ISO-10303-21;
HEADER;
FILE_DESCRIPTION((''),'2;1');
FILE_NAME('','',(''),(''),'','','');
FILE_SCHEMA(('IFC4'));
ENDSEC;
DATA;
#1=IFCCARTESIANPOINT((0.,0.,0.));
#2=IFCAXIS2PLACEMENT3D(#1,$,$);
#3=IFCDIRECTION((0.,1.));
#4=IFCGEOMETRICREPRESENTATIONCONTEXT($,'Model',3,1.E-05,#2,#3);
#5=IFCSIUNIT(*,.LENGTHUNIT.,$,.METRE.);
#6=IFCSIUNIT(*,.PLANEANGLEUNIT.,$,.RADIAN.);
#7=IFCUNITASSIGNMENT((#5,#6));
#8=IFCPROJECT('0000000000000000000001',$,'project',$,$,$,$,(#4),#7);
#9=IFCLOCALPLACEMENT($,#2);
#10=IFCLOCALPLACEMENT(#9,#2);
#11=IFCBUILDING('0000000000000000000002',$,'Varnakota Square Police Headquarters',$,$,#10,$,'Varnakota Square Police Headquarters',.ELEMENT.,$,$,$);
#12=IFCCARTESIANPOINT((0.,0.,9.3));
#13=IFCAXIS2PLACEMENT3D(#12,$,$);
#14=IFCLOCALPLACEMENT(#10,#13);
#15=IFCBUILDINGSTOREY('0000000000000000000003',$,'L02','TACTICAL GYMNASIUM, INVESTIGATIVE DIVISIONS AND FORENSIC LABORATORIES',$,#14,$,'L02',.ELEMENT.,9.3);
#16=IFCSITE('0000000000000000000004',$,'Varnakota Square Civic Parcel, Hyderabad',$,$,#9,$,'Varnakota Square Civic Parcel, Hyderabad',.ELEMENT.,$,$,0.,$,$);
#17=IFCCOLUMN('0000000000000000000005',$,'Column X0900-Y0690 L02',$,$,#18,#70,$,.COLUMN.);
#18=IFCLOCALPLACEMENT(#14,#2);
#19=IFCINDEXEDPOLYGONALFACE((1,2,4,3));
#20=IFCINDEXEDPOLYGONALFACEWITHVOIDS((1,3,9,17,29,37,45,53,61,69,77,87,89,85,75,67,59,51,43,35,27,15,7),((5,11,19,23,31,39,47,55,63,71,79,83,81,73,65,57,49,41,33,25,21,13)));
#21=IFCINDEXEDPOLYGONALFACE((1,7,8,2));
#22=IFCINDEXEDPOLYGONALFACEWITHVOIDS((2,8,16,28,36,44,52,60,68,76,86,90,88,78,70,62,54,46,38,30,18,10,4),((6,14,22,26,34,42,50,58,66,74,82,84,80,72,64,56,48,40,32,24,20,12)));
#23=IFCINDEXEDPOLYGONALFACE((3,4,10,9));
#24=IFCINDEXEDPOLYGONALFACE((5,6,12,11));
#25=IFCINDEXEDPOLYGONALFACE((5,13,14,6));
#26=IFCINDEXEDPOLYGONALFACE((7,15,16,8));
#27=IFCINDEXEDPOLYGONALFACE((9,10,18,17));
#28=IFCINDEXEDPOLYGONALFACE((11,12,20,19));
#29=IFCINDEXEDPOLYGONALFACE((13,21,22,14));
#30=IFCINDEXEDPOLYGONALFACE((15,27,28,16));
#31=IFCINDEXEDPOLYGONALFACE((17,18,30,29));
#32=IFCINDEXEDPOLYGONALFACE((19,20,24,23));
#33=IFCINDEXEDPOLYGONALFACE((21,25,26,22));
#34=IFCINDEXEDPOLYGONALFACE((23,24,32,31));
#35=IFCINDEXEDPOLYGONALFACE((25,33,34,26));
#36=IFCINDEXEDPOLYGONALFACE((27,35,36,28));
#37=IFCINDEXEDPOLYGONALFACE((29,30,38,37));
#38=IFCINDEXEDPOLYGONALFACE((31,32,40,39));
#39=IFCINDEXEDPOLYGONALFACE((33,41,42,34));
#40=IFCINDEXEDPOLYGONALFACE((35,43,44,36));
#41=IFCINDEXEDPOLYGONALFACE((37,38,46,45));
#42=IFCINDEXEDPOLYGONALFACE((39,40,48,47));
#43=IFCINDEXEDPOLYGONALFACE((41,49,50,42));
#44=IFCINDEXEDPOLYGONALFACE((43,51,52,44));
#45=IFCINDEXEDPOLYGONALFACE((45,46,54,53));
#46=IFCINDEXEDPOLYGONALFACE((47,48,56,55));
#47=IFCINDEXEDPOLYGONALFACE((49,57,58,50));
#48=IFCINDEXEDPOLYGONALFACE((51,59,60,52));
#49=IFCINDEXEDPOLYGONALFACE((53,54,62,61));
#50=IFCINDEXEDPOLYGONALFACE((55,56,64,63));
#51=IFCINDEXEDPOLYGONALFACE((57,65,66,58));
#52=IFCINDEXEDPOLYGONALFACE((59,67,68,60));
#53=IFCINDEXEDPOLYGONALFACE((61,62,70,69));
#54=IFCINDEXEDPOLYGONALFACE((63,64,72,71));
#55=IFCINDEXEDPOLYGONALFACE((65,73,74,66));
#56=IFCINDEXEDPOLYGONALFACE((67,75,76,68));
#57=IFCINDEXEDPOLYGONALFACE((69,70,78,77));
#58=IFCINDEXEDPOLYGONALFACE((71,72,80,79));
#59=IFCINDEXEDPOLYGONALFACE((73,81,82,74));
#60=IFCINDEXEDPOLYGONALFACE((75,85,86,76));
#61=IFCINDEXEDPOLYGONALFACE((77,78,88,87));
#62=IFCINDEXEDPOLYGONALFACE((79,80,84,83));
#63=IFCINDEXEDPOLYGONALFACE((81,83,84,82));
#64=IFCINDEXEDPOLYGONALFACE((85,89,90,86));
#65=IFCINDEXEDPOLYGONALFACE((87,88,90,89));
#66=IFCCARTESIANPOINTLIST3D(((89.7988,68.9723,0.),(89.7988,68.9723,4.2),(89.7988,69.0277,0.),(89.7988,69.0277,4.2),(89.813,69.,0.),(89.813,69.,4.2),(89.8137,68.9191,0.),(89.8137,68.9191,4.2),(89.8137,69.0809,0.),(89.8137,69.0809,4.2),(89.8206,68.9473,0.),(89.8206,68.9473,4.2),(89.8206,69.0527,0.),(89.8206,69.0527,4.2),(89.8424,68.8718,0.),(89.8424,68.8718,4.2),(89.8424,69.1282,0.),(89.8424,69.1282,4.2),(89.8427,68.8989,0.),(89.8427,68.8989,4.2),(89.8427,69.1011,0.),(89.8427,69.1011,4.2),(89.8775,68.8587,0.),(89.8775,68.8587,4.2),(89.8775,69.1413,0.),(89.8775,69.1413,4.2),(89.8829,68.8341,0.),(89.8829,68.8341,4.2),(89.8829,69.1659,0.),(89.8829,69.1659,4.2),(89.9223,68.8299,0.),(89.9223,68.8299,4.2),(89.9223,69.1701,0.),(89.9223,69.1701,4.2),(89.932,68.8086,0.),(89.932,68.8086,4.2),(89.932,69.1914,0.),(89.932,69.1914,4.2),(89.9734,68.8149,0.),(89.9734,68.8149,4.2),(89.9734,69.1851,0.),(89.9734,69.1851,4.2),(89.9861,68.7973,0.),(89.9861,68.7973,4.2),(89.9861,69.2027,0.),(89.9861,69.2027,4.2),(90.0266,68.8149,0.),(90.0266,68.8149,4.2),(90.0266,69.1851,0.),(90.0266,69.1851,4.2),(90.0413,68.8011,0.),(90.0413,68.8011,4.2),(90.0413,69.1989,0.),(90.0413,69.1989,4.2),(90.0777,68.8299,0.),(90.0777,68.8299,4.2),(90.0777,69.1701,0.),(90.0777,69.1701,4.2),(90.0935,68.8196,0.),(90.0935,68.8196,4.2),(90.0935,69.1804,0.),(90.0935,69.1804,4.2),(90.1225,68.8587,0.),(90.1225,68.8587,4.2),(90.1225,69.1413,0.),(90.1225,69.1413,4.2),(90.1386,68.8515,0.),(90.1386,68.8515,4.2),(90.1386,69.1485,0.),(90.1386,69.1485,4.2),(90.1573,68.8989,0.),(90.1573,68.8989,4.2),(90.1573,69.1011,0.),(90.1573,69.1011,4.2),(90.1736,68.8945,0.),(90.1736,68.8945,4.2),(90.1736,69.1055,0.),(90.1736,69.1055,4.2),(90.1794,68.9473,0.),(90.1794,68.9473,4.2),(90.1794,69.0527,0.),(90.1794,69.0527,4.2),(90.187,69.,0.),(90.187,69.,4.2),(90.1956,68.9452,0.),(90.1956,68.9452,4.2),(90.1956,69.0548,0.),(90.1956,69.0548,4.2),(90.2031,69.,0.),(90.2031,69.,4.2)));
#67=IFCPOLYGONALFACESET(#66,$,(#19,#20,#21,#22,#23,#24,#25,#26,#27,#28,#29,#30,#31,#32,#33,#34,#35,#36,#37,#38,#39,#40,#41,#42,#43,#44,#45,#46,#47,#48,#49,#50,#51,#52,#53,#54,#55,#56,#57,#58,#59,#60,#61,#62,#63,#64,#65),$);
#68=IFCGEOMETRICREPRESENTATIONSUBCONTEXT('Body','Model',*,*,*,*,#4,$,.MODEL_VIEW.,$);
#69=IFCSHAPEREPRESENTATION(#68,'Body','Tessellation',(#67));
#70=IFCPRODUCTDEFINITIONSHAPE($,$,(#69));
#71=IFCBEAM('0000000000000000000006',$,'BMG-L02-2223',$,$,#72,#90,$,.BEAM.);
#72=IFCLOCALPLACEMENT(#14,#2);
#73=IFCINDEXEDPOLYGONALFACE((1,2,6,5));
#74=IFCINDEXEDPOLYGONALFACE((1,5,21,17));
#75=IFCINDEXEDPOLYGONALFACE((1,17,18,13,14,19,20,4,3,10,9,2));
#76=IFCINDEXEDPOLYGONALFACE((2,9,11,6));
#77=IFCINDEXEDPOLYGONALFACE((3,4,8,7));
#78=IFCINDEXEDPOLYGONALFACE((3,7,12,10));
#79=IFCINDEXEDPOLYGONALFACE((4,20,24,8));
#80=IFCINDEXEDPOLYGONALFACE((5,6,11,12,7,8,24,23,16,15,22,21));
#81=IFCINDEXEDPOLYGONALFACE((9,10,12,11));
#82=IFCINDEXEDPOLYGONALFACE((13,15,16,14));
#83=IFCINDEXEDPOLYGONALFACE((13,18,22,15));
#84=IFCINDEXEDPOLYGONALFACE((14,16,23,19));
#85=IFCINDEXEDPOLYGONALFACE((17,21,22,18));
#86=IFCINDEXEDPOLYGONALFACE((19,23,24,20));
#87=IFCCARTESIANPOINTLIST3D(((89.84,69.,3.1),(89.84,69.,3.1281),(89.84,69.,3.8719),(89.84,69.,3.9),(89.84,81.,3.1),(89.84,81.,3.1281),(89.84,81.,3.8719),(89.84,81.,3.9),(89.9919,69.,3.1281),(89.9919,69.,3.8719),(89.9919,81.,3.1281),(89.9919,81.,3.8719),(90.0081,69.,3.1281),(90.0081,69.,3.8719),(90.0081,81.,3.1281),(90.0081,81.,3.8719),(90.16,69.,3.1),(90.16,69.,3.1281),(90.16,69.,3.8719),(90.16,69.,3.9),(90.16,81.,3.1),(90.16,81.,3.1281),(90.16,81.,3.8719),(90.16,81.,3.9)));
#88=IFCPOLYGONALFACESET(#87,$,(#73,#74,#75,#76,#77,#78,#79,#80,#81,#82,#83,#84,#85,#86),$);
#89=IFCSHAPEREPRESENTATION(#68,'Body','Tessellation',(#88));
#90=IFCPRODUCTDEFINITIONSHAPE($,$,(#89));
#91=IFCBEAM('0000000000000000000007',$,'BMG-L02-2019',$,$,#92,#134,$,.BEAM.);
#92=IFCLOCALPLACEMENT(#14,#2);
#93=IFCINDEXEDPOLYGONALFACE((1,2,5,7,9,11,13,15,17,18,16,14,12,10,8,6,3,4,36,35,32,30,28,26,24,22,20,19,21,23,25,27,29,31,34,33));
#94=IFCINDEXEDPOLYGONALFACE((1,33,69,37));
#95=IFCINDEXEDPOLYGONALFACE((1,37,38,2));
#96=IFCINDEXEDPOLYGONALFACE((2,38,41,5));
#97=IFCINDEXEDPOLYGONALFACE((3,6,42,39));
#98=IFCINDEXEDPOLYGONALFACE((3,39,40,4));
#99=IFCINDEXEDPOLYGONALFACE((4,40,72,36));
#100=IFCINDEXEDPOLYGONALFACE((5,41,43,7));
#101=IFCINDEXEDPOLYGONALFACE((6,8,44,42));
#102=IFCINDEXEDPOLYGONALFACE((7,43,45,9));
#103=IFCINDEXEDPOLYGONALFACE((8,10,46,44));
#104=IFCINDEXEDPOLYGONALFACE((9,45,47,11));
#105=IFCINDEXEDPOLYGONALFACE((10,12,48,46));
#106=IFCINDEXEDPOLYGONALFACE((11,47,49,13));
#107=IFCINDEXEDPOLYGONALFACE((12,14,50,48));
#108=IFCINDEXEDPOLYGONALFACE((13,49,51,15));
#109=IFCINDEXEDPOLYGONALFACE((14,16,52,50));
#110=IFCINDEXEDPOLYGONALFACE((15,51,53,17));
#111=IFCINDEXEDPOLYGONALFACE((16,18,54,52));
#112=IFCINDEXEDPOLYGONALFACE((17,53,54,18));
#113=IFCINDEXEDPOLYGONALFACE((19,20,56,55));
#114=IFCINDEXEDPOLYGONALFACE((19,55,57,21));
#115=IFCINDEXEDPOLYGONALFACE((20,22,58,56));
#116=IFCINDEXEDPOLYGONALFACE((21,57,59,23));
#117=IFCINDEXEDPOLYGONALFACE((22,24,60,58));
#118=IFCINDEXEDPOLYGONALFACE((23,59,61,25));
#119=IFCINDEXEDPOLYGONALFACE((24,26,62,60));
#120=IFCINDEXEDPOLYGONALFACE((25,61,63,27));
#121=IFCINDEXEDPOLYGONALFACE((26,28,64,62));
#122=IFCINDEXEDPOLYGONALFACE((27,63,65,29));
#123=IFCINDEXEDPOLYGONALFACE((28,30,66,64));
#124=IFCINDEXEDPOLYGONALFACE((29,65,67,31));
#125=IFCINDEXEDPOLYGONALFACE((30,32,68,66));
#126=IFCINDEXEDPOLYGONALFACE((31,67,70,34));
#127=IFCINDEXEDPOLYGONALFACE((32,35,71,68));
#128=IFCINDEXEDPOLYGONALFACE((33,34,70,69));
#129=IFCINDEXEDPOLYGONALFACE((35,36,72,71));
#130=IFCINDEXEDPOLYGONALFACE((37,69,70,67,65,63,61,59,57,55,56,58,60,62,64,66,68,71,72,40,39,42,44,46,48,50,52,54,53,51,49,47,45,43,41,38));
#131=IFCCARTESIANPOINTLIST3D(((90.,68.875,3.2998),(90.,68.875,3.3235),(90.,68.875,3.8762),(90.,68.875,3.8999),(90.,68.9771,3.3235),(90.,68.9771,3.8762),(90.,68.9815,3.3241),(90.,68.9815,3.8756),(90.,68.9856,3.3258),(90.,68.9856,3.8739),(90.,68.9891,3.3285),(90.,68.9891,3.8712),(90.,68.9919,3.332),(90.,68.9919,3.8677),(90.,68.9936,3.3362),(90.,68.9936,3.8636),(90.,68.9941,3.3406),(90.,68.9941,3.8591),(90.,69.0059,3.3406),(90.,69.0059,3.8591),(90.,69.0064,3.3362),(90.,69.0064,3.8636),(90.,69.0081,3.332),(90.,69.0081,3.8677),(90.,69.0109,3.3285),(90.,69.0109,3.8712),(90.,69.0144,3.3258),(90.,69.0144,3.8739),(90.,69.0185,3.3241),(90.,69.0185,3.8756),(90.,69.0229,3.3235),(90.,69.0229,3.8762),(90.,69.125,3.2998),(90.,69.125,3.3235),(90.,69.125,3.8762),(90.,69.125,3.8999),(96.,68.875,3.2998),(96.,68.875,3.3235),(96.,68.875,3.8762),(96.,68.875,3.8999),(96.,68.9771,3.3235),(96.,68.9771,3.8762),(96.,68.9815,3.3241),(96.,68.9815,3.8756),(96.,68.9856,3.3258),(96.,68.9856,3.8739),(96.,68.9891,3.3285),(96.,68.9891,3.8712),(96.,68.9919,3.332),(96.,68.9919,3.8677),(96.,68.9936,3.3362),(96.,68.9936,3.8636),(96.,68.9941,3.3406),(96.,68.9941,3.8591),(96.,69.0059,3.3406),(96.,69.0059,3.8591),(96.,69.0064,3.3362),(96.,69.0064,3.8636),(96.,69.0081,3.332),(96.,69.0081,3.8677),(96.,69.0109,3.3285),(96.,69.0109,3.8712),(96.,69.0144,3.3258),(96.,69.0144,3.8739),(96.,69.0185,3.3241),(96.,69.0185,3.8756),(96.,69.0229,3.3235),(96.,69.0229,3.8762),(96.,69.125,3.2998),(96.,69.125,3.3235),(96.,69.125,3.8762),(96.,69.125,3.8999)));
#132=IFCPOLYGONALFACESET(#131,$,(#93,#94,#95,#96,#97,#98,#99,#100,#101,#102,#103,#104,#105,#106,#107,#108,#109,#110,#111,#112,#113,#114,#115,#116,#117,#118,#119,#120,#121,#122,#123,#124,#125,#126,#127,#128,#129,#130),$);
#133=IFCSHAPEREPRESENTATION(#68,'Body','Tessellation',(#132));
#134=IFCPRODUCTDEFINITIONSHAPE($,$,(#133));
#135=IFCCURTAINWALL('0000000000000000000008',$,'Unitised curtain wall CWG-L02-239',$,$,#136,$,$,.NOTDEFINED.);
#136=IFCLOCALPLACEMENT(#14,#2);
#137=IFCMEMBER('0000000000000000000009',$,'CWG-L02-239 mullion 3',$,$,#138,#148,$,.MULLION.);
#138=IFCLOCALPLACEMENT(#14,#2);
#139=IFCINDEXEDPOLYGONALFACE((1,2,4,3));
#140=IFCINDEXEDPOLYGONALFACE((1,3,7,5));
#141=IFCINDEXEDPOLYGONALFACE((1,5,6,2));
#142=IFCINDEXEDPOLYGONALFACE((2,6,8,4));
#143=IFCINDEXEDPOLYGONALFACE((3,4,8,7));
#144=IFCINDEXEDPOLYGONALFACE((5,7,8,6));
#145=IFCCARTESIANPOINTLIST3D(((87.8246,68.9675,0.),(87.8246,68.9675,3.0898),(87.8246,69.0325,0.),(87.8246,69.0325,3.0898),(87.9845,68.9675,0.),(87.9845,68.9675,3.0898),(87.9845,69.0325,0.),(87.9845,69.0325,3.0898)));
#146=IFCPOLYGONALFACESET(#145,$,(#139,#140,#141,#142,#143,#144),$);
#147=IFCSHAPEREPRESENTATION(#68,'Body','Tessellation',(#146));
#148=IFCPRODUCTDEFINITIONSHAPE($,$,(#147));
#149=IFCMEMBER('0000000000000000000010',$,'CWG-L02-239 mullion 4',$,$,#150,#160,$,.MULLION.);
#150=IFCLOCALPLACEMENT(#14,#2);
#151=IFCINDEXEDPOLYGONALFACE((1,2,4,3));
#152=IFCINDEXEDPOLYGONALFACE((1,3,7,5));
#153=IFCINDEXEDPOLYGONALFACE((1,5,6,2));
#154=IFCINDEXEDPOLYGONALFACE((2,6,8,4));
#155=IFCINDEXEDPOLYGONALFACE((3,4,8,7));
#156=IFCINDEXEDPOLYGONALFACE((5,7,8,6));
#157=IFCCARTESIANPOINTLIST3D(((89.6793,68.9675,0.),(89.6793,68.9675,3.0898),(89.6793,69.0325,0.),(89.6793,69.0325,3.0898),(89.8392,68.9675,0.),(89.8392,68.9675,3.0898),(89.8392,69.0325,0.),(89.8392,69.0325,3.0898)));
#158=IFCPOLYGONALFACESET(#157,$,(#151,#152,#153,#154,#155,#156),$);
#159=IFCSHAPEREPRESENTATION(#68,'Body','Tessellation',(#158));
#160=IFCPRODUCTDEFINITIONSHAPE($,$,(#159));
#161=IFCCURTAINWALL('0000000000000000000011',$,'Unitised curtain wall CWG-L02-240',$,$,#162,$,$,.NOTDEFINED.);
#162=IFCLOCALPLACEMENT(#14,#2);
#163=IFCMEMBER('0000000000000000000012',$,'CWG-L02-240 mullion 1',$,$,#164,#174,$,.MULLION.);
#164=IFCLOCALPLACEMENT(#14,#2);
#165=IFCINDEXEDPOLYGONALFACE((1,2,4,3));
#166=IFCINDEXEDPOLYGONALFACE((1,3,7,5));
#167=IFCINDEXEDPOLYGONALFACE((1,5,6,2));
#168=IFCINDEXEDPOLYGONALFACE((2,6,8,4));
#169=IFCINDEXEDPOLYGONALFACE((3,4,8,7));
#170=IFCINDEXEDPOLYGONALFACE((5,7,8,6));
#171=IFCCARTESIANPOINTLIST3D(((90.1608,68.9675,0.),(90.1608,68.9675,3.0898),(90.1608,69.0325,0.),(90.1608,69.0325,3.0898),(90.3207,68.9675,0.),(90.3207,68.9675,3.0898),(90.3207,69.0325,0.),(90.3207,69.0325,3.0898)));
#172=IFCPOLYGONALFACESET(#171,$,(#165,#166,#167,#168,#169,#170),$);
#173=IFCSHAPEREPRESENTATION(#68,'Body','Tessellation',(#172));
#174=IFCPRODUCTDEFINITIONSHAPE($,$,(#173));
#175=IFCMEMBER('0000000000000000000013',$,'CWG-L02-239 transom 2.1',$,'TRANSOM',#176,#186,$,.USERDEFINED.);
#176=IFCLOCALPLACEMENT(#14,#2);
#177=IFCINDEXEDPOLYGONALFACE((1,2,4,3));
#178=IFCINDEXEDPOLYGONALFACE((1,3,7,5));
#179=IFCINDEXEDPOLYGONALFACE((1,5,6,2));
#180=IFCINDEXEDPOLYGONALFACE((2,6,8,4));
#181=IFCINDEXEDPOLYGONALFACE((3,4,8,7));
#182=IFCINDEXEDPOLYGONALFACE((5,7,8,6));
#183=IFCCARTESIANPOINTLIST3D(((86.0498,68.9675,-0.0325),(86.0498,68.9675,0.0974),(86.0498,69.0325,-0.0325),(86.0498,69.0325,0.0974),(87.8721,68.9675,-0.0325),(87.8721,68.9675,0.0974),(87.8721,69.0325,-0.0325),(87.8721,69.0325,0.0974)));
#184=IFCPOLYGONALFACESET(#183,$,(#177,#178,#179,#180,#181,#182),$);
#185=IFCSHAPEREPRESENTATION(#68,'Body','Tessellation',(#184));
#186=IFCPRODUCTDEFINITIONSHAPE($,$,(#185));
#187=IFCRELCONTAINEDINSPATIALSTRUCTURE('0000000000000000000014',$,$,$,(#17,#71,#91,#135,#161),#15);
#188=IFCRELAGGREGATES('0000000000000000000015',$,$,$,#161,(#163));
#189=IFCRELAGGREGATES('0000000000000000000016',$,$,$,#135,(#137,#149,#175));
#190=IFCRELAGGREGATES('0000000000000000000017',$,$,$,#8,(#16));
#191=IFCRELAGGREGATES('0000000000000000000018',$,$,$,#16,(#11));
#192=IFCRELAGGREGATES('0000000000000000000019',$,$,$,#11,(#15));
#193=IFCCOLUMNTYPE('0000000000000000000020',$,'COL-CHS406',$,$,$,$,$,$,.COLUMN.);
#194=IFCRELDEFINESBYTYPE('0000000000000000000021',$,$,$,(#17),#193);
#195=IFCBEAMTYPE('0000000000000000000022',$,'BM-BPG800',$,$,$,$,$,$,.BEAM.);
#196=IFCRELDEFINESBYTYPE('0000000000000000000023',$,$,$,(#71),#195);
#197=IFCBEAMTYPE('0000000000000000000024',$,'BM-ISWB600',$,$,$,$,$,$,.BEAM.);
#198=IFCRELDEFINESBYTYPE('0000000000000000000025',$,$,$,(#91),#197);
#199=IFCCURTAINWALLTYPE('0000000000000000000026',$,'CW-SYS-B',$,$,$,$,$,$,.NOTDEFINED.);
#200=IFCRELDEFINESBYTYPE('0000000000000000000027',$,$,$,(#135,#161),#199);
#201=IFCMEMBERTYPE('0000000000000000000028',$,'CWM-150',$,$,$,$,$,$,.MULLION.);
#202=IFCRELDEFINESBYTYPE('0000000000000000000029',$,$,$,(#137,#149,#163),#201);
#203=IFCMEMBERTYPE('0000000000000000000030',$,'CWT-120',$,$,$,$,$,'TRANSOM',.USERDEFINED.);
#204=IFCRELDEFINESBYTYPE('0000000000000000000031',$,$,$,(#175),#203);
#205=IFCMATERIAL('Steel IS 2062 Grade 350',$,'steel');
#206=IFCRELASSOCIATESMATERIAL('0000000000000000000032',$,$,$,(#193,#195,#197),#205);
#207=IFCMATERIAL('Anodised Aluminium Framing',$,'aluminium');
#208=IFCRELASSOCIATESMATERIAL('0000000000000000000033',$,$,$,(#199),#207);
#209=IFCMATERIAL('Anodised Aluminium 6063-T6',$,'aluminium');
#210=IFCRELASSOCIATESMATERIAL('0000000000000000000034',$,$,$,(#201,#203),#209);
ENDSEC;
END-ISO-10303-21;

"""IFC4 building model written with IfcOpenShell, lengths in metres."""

from ifc_helpers import new_model, si_unit, direction, frame, origin, origin_2d, place, context, subcontext, project, spatial, rectangle, hollow_circle, i_section, extrude, material, material_profile, profile_set, type_object, element, aggregate, save


model = new_model("IFC4")

# Units and contexts
model_context = context("Model", 3, precision=1e-05, world=origin(), true_north=direction((0.0, 1.0)))
body_context = subcontext(model_context, "Body", "Model", "MODEL_VIEW")
ifc_project = project(units=[si_unit("LENGTHUNIT", "METRE"), si_unit("PLANEANGLEUNIT", "RADIAN")], contexts=[model_context])

# Site, building, storey
site_placement = place(None, origin())
site = spatial("IfcSite", under=ifc_project, at=site_placement, Name="Varnakota Square Civic Parcel, Hyderabad", LongName="Varnakota Square Civic Parcel, Hyderabad", CompositionType="ELEMENT", RefElevation=0.0)
building_placement = place(site_placement, origin())
building = spatial("IfcBuilding", under=site, at=building_placement, Name="Varnakota Square Police Headquarters", LongName="Varnakota Square Police Headquarters", CompositionType="ELEMENT")
storey_placement = place(building_placement, frame((0.0, 0.0, 9.3)))
storey = spatial("IfcBuildingStorey", under=building, at=storey_placement, Name="L02", Description="TACTICAL GYMNASIUM, INVESTIGATIVE DIVISIONS AND FORENSIC LABORATORIES", LongName="L02", CompositionType="ELEMENT", Elevation=9.3)

# Column
ifc_material_1 = material(Name="Steel IS 2062 Grade 350", Category="steel")
ifc_material_profile_1 = material_profile(ifc_material_1, hollow_circle(Radius=0.2031, WallThickness=0.0161, at=origin_2d()), Name="CHS 406.4x16.0")
ifc_profile_set_1 = profile_set([ifc_material_profile_1], Name="Steel IS 2062 Grade 350")
column_type = type_object("IfcColumnType", Name="COL-CHS406", PredefinedType="COLUMN", material=ifc_profile_set_1)
column_placement = place(storey_placement, frame((90.0, 69.0, 0.0), z_axis=(0.0, 0.0, 1.0), x_axis=(1.0, 0.0, 0.0)))
element("IfcColumn", 1, at=column_placement, inside=storey, type_object=column_type, Name="Column X0900-Y0690 L02", PredefinedType="COLUMN", context=body_context, shape_type="SweptSolid", body=[
    extrude(hollow_circle(Radius=0.2031, WallThickness=0.0161, at=origin_2d()), origin(), (0.0, 0.0, 1.0), 4.2),
])

# Beams
ifc_material_profile_2 = material_profile(ifc_material_1, i_section(OverallWidth=0.3201, OverallDepth=0.8, WebThickness=0.0161, FlangeThickness=0.0281, at=origin_2d()), Name="BPG 800x320")
ifc_profile_set_2 = profile_set([ifc_material_profile_2], Name="Steel IS 2062 Grade 350")
beam_type_1 = type_object("IfcBeamType", Name="BM-BPG800", PredefinedType="BEAM", material=ifc_profile_set_2)
beam_1_placement = place(storey_placement, frame((90.0, 69.0, 3.5), z_axis=(0.0, 1.0, 0.0), x_axis=(-1.0, 0.0, 0.0)))
element("IfcBeam", 2, at=beam_1_placement, inside=storey, type_object=beam_type_1, Name="BMG-L02-2223", PredefinedType="BEAM", context=body_context, shape_type="SweptSolid", body=[
    extrude(i_section(OverallWidth=0.3201, OverallDepth=0.8, WebThickness=0.0161, FlangeThickness=0.0281, at=origin_2d()), origin(), (0.0, 0.0, 1.0), 12.0),
])
ifc_material_profile_3 = material_profile(ifc_material_1, i_section(OverallWidth=0.25, OverallDepth=0.6001, WebThickness=0.0117, FlangeThickness=0.0237, FilletRadius=0.0171, at=origin_2d()), Name="ISWB 600")
ifc_profile_set_3 = profile_set([ifc_material_profile_3], Name="Steel IS 2062 Grade 350")
beam_type_2 = type_object("IfcBeamType", Name="BM-ISWB600", PredefinedType="BEAM", material=ifc_profile_set_3)
beam_2_placement = place(storey_placement, frame((90.0, 69.0, 3.5999), z_axis=(1.0, 0.0, 0.0), x_axis=(0.0, 1.0, 0.0)))
element("IfcBeam", 3, at=beam_2_placement, inside=storey, type_object=beam_type_2, Name="BMG-L02-2019", PredefinedType="BEAM", context=body_context, shape_type="SweptSolid", body=[
    extrude(i_section(OverallWidth=0.25, OverallDepth=0.6001, WebThickness=0.0117, FlangeThickness=0.0237, FilletRadius=0.0171, at=origin_2d()), origin(), (0.0, 0.0, 1.0), 6.0),
])

# Curtain wall, members
ifc_material_2 = material(Name="Anodised Aluminium Framing", Category="aluminium")
curtain_wall_type = type_object("IfcCurtainWallType", Name="CW-SYS-B", PredefinedType="NOTDEFINED", material=ifc_material_2)
curtain_wall_1_placement = place(storey_placement, origin())
curtain_wall_1 = element("IfcCurtainWall", 4, at=curtain_wall_1_placement, inside=storey, type_object=curtain_wall_type, Name="Unitised curtain wall CWG-L02-239", PredefinedType="NOTDEFINED")
ifc_material_3 = material(Name="Anodised Aluminium 6063-T6", Category="aluminium")
ifc_material_profile_4 = material_profile(ifc_material_3, rectangle(XDim=0.0649, YDim=0.1599, at=origin_2d()), Name="ALU MULLION 65x160")
ifc_profile_set_4 = profile_set([ifc_material_profile_4], Name="Anodised Aluminium 6063-T6")
member_type_1 = type_object("IfcMemberType", Name="CWM-150", PredefinedType="MULLION", material=ifc_profile_set_4)
member_1_placement = place(storey_placement, frame((87.9045, 69.0, 0.0), z_axis=(0.0, 0.0, 1.0), x_axis=(0.0, 1.0, 0.0)))
member_1 = element("IfcMember", 5, at=member_1_placement, type_object=member_type_1, Name="CWG-L02-239 mullion 3", PredefinedType="MULLION", context=body_context, shape_type="SweptSolid", body=[
    extrude(rectangle(XDim=0.0649, YDim=0.1599, at=origin_2d()), origin(), (0.0, 0.0, 1.0), 3.0898),
])
member_2_placement = place(storey_placement, frame((89.7593, 69.0, 0.0), z_axis=(0.0, 0.0, 1.0), x_axis=(0.0, 1.0, 0.0)))
member_2 = element("IfcMember", 6, at=member_2_placement, type_object=member_type_1, Name="CWG-L02-239 mullion 4", PredefinedType="MULLION", context=body_context, shape_type="SweptSolid", body=[
    extrude(rectangle(XDim=0.0649, YDim=0.1599, at=origin_2d()), origin(), (0.0, 0.0, 1.0), 3.0898),
])

# Curtain wall, member
curtain_wall_2_placement = place(storey_placement, origin())
curtain_wall_2 = element("IfcCurtainWall", 7, at=curtain_wall_2_placement, inside=storey, type_object=curtain_wall_type, Name="Unitised curtain wall CWG-L02-240", PredefinedType="NOTDEFINED")
member_3_placement = place(storey_placement, frame((90.2407, 69.0, 0.0), z_axis=(0.0, 0.0, 1.0), x_axis=(0.0, 1.0, 0.0)))
member_3 = element("IfcMember", 8, at=member_3_placement, type_object=member_type_1, Name="CWG-L02-240 mullion 1", PredefinedType="MULLION", context=body_context, shape_type="SweptSolid", body=[
    extrude(rectangle(XDim=0.0649, YDim=0.1599, at=origin_2d()), origin(), (0.0, 0.0, 1.0), 3.0898),
])

# Member
ifc_material_profile_5 = material_profile(ifc_material_3, rectangle(XDim=0.0649, YDim=0.1299, at=origin_2d()), Name="ALU TRANSOM 65x130")
ifc_profile_set_5 = profile_set([ifc_material_profile_5], Name="Anodised Aluminium 6063-T6")
member_type_2 = type_object("IfcMemberType", Name="CWT-120", ElementType="TRANSOM", PredefinedType="USERDEFINED", material=ifc_profile_set_5)
member_4_placement = place(storey_placement, frame((86.0498, 69.0, 0.0325), z_axis=(1.0, 0.0, 0.0), x_axis=(0.0, 1.0, 0.0)))
member_4 = element("IfcMember", 9, at=member_4_placement, type_object=member_type_2, Name="CWG-L02-239 transom 2.1", ObjectType="TRANSOM", PredefinedType="USERDEFINED", context=body_context, shape_type="SweptSolid", body=[
    extrude(rectangle(XDim=0.0649, YDim=0.1299, at=origin_2d()), origin(), (0.0, 0.0, 1.0), 1.8223),
])
aggregate(curtain_wall_2, [member_3])

aggregate(curtain_wall_1, [member_1, member_2, member_4])

save(model, "model.ifc")
